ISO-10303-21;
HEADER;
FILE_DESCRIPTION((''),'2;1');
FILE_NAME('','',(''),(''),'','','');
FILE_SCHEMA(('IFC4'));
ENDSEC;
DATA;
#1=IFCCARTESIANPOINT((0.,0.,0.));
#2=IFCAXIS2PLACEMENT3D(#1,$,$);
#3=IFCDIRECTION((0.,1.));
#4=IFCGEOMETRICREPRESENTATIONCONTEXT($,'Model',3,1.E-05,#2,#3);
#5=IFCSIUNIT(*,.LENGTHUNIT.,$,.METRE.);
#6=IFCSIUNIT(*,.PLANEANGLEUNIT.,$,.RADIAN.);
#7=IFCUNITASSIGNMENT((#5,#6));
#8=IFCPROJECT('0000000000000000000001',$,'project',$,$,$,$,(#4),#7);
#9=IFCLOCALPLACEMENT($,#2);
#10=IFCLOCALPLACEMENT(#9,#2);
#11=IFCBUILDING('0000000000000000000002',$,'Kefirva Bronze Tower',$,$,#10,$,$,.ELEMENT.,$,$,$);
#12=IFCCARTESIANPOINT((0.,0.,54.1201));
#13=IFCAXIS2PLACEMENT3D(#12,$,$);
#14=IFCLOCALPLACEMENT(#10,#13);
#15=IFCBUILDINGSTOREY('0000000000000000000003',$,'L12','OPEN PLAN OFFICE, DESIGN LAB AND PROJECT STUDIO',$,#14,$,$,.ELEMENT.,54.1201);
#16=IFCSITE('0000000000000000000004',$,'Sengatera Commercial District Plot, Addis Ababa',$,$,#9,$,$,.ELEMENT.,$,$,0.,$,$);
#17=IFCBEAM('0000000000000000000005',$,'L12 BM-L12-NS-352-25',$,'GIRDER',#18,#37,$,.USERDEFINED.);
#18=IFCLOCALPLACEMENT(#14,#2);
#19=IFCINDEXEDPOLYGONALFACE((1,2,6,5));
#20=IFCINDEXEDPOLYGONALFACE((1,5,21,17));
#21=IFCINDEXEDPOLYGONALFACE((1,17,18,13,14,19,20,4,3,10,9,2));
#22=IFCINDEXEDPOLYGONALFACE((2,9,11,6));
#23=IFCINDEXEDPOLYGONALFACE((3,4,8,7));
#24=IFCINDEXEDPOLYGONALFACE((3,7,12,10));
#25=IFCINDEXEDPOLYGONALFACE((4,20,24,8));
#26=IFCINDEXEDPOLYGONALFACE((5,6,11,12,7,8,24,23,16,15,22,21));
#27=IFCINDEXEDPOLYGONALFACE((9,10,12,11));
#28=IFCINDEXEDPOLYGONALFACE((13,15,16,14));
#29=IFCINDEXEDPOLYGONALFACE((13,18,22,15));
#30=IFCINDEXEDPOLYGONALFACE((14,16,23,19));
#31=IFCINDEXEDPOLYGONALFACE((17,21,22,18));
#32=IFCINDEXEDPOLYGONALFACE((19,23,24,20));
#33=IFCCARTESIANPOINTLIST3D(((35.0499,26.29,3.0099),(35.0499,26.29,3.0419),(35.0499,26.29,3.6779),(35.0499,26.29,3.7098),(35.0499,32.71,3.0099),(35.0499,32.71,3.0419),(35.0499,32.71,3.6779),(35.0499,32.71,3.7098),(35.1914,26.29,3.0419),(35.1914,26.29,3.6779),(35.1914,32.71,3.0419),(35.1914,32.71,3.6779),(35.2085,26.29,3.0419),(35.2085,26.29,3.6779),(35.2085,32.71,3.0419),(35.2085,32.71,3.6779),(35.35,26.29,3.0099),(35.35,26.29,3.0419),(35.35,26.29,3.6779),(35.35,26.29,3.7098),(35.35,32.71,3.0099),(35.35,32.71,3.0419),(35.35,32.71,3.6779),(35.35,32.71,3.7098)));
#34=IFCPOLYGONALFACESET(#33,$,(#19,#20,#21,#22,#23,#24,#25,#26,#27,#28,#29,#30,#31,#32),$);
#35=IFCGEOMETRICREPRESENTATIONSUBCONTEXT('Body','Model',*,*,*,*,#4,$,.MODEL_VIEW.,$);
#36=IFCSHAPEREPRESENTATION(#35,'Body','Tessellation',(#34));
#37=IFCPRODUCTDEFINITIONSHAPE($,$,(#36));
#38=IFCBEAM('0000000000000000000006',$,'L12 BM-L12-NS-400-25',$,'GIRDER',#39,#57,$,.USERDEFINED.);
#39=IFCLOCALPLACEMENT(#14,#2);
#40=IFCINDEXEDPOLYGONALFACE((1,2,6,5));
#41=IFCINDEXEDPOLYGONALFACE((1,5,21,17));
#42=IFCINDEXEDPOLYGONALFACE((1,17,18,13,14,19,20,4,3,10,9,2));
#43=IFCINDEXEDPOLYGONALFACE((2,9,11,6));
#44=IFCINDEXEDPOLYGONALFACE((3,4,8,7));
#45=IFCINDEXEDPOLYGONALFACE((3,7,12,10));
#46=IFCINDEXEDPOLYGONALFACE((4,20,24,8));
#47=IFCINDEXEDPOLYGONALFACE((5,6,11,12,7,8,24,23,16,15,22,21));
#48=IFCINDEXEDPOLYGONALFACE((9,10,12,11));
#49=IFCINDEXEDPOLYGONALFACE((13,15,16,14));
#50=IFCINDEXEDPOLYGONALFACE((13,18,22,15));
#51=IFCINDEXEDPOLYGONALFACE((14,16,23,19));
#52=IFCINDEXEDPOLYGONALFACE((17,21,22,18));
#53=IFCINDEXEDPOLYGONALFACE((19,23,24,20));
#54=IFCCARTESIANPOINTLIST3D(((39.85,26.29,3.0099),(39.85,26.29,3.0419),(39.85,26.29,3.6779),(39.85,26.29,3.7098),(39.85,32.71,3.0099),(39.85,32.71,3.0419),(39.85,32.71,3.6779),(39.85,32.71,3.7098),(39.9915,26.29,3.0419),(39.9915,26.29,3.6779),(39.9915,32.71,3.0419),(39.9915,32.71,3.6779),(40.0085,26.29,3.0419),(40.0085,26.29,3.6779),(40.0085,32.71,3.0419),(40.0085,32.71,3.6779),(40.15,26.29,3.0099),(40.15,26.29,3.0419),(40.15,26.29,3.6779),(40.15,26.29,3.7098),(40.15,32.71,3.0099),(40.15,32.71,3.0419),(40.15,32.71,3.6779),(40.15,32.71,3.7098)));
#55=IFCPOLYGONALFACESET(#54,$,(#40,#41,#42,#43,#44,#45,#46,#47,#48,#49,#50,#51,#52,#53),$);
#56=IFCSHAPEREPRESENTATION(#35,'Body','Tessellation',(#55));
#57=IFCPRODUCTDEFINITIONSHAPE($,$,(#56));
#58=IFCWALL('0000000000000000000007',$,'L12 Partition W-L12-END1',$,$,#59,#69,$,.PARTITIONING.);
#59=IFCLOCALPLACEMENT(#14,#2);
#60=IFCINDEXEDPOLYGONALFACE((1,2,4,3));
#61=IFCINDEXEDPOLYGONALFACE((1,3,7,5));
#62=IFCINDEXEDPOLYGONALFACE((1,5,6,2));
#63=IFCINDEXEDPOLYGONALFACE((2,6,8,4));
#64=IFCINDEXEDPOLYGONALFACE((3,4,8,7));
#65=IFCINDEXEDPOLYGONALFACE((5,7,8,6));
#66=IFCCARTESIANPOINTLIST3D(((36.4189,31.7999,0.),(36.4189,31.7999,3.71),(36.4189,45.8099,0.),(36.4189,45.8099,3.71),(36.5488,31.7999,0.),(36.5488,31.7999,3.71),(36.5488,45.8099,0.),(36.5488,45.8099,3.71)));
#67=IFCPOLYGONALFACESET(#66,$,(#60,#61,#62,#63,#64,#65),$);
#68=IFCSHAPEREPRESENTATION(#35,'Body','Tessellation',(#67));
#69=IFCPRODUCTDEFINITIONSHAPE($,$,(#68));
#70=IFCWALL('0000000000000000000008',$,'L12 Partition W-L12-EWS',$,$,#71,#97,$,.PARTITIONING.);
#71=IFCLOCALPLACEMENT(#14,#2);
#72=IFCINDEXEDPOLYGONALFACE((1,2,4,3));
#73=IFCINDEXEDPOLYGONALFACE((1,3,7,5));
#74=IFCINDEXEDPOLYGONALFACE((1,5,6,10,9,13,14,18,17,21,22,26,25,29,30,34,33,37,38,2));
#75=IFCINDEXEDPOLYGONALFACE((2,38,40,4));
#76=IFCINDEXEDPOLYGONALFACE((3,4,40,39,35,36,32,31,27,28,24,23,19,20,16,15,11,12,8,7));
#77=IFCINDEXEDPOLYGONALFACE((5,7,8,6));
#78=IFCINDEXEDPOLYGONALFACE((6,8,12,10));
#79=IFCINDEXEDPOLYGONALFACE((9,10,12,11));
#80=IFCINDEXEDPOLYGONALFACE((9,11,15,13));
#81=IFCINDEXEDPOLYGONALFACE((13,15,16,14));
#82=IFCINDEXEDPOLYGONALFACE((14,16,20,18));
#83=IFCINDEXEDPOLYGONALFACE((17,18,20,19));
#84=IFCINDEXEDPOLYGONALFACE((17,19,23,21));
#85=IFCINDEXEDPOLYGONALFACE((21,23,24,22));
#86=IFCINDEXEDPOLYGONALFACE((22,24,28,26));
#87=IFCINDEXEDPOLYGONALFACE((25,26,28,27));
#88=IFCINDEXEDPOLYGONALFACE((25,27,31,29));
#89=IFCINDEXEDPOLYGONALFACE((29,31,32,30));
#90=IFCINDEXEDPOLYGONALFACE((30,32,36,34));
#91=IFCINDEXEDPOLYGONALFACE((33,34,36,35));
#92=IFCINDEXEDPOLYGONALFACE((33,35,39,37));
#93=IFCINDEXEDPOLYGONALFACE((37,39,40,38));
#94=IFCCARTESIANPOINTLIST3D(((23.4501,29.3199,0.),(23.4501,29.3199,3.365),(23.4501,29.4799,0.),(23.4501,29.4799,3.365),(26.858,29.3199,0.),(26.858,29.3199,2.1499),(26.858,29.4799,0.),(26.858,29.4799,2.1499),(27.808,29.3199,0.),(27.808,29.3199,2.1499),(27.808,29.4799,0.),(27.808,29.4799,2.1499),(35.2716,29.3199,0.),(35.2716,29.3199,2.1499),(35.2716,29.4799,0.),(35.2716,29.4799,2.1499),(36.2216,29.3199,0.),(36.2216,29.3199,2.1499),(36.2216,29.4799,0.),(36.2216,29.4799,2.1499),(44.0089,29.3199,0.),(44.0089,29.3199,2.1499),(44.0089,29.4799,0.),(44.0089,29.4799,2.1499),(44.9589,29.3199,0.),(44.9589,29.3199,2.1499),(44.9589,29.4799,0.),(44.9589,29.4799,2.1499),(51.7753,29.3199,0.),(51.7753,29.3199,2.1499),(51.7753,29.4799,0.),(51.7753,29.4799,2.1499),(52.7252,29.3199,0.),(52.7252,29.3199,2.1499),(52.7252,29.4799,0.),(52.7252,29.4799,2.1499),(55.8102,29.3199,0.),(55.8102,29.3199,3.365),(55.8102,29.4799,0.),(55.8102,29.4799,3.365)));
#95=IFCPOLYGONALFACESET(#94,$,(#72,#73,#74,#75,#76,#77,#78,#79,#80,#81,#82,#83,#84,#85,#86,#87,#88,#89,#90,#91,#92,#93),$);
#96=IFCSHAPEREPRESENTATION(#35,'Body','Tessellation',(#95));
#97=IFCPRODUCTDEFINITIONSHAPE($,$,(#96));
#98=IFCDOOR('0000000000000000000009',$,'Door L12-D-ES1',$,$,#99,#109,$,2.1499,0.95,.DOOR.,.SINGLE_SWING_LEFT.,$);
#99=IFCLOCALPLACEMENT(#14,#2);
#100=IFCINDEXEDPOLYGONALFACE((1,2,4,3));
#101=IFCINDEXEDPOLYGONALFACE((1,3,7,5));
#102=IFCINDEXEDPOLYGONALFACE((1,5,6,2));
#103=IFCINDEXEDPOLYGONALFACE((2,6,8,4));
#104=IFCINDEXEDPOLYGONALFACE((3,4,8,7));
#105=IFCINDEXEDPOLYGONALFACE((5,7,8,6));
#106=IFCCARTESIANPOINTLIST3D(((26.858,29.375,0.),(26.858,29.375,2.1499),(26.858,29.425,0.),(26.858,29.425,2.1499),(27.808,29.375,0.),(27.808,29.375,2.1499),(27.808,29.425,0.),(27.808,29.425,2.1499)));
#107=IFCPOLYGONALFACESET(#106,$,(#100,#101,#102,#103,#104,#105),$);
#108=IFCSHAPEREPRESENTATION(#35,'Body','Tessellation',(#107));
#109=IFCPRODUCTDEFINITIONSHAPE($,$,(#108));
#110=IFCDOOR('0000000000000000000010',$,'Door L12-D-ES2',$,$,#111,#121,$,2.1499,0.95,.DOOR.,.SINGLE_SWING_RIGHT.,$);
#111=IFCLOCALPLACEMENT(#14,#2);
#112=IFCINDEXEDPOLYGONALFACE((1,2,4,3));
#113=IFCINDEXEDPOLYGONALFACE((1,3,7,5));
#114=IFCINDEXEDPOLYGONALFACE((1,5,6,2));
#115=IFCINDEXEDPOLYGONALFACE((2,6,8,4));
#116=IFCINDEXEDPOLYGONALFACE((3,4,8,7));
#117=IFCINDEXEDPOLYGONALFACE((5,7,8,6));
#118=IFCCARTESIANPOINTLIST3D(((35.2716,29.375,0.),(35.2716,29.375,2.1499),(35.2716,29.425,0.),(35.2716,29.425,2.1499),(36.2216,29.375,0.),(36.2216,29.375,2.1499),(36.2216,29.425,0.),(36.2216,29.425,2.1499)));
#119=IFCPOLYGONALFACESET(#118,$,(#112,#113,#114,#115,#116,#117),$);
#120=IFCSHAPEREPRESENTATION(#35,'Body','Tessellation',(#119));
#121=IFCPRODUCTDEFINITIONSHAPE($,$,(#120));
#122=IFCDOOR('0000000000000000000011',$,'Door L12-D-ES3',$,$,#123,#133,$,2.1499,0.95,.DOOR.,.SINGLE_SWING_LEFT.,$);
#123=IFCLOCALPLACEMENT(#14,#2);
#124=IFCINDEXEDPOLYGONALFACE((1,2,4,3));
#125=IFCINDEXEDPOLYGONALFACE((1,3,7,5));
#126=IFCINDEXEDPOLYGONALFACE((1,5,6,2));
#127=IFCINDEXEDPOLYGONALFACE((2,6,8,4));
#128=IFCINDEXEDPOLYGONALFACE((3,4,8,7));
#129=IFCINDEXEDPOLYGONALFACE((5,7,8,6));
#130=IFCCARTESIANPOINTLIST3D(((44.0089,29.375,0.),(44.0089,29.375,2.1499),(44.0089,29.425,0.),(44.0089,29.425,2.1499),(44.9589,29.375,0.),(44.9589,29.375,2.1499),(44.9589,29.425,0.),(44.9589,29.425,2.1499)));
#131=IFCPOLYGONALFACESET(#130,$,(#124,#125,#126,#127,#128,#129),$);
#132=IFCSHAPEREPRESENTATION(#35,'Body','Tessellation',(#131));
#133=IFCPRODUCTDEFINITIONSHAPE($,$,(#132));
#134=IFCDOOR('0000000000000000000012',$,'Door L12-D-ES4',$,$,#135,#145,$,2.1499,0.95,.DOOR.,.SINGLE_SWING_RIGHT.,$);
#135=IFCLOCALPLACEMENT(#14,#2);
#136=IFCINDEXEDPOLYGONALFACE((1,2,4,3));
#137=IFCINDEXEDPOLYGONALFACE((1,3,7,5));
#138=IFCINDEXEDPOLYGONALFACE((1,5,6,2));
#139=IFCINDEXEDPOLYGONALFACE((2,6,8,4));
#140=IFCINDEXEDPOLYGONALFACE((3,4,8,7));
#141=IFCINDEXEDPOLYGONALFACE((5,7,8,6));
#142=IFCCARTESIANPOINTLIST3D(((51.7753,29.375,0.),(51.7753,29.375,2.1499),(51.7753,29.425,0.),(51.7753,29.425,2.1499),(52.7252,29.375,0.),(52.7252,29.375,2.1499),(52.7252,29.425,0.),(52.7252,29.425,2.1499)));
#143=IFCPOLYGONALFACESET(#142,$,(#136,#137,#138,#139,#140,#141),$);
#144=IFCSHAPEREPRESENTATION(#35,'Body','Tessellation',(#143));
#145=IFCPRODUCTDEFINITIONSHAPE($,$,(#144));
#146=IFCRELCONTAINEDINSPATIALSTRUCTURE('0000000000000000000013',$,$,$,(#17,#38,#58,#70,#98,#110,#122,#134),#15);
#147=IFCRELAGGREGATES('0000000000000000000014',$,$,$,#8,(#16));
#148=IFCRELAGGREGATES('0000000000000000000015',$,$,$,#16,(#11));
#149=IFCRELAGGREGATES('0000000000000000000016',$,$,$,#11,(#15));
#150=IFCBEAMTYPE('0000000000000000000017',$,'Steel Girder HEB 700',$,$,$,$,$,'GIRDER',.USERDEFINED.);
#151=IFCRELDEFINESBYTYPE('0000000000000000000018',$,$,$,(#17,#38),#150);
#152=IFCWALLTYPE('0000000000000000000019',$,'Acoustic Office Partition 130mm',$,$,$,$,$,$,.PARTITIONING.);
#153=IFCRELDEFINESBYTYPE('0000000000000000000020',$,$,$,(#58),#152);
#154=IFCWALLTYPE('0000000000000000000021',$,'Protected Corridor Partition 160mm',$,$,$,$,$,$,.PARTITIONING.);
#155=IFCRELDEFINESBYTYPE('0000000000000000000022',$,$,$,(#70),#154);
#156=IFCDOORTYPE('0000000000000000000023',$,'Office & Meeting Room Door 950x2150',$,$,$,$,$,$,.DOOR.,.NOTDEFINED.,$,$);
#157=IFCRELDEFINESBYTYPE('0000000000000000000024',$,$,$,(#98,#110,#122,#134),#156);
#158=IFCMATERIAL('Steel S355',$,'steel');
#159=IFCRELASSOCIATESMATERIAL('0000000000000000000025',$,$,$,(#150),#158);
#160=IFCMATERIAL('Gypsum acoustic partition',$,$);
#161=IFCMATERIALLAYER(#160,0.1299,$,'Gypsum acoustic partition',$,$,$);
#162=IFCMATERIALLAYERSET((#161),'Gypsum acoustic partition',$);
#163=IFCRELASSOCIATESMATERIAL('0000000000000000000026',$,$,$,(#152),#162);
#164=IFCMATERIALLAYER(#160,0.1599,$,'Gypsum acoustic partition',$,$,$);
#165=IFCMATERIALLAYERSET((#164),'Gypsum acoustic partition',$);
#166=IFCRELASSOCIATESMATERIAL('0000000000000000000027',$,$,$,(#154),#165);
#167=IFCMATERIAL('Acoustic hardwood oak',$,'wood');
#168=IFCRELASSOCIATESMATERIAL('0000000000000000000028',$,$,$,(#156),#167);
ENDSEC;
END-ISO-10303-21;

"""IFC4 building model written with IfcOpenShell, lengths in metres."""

from ifc_helpers import new_model, si_unit, direction, frame, frame_2d, origin, origin_2d, place, context, subcontext, project, spatial, rectangle, i_section, extrude, material, layer, layer_set, material_profile, profile_set, type_object, element, fill, save


model = new_model("IFC4")

# Units and contexts
model_context = context("Model", 3, precision=1e-05, world=origin(), true_north=direction((0.0, 1.0)))
body_context = subcontext(model_context, "Body", "Model", "MODEL_VIEW")
ifc_project = project(units=[si_unit("LENGTHUNIT", "METRE"), si_unit("PLANEANGLEUNIT", "RADIAN")], contexts=[model_context])

# Site, building, storey
site_placement = place(None, origin())
site = spatial("IfcSite", under=ifc_project, at=site_placement, Name="Sengatera Commercial District Plot, Addis Ababa", CompositionType="ELEMENT", RefElevation=0.0)
building_placement = place(site_placement, origin())
building = spatial("IfcBuilding", under=site, at=building_placement, Name="Kefirva Bronze Tower", CompositionType="ELEMENT")
storey_placement = place(building_placement, frame((0.0, 0.0, 54.1201)))
storey = spatial("IfcBuildingStorey", under=building, at=storey_placement, Name="L12", Description="OPEN PLAN OFFICE, DESIGN LAB AND PROJECT STUDIO", CompositionType="ELEMENT", Elevation=54.1201)

# Beams
ifc_material_1 = material(Name="Steel S355", Category="steel")
ifc_material_profile_1 = material_profile(ifc_material_1, i_section(OverallWidth=0.3, OverallDepth=0.7, WebThickness=0.0171, FlangeThickness=0.032, at=origin_2d()), Name="HEB 700")
ifc_profile_set_1 = profile_set([ifc_material_profile_1], Name="Steel S355")
beam_type_1 = type_object("IfcBeamType", Name="Steel Girder HEB 700", ElementType="GIRDER", PredefinedType="USERDEFINED", material=ifc_profile_set_1)
for number, where, z_axis, x_axis, name in (
    (1, (35.2, 26.29, 3.3599), (0.0, 1.0, 0.0), (-1.0, 0.0, 0.0), "L12 BM-L12-NS-352-25"),
    (2, (40.0, 26.29, 3.3599), (0.0, 1.0, 0.0), (-1.0, 0.0, 0.0), "L12 BM-L12-NS-400-25"),
):
    element("IfcBeam", number, at=place(storey_placement, frame(where, z_axis=z_axis, x_axis=x_axis)), inside=storey, type_object=beam_type_1, Name=name, ObjectType="GIRDER", PredefinedType="USERDEFINED", context=body_context, shape_type="SweptSolid", body=[
        extrude(i_section(OverallWidth=0.3, OverallDepth=0.7, WebThickness=0.0171, FlangeThickness=0.032, at=origin_2d()), origin(), (0.0, 0.0, 1.0), 6.4199),
    ])

# Wall
ifc_material_2 = material(Name="Gypsum acoustic partition")
ifc_layer_1 = layer(ifc_material_2, 0.1299, Name="Gypsum acoustic partition")
ifc_layer_set_1 = layer_set([ifc_layer_1], Name="Gypsum acoustic partition")
wall_type_1 = type_object("IfcWallType", Name="Acoustic Office Partition 130mm", PredefinedType="PARTITIONING", material=ifc_layer_set_1)
wall_1_placement = place(storey_placement, frame((36.4839, 31.8, 0.0), z_axis=(0.0, 0.0, 1.0), x_axis=(0.0, 1.0, 0.0)))
element("IfcWall", 3, at=wall_1_placement, inside=storey, type_object=wall_type_1, Name="L12 Partition W-L12-END1", PredefinedType="PARTITIONING", context=body_context, shape_type="SweptSolid", body=[
    extrude(rectangle(XDim=14.01, YDim=0.1299, at=frame_2d((7.0049, 0.0))), origin(), (0.0, 0.0, 1.0), 3.71),
])

# Wall, openings, doors
ifc_layer_2 = layer(ifc_material_2, 0.1599, Name="Gypsum acoustic partition")
ifc_layer_set_2 = layer_set([ifc_layer_2], Name="Gypsum acoustic partition")
wall_type_2 = type_object("IfcWallType", Name="Protected Corridor Partition 160mm", PredefinedType="PARTITIONING", material=ifc_layer_set_2)
wall_2_placement = place(storey_placement, frame((23.45, 29.3999, 0.0), z_axis=(0.0, 0.0, 1.0), x_axis=(1.0, 0.0, 0.0)))
wall_2 = element("IfcWall", 4, at=wall_2_placement, inside=storey, type_object=wall_type_2, Name="L12 Partition W-L12-EWS", PredefinedType="PARTITIONING", context=body_context, shape_type="SweptSolid", body=[
    extrude(rectangle(XDim=32.3601, YDim=0.1599, at=frame_2d((16.1802, 0.0))), origin(), (0.0, 0.0, 1.0), 3.365),
])
opening_1_placement = place(wall_2_placement, frame((4.3582, 0.0, 0.0), z_axis=(0.0, 0.0, 1.0), x_axis=(-1.0, 0.0, 0.0)))
opening_1 = element("IfcOpeningElement", 5, at=opening_1_placement, cuts=wall_2, PredefinedType="OPENING", context=body_context, shape_type="SweptSolid", body=[
    extrude(rectangle(XDim=0.95, YDim=2.1499, at=frame_2d((0.4751, 1.075))), frame((0.0, 0.0898, 0.0), z_axis=(0.0, -1.0, 0.0), x_axis=(1.0, 0.0, 0.0)), (0.0, 0.0, 1.0), 0.1799),
])
opening_2_placement = place(wall_2_placement, frame((12.7717, 0.0, 0.0), z_axis=(0.0, 0.0, 1.0), x_axis=(-1.0, 0.0, 0.0)))
opening_2 = element("IfcOpeningElement", 6, at=opening_2_placement, cuts=wall_2, PredefinedType="OPENING", context=body_context, shape_type="SweptSolid", body=[
    extrude(rectangle(XDim=0.95, YDim=2.1499, at=frame_2d((0.4751, 1.075))), frame((0.0, 0.0898, 0.0), z_axis=(0.0, -1.0, 0.0), x_axis=(1.0, 0.0, 0.0)), (0.0, 0.0, 1.0), 0.1799),
])
opening_3_placement = place(wall_2_placement, frame((21.509, 0.0, 0.0), z_axis=(0.0, 0.0, 1.0), x_axis=(-1.0, 0.0, 0.0)))
opening_3 = element("IfcOpeningElement", 7, at=opening_3_placement, cuts=wall_2, PredefinedType="OPENING", context=body_context, shape_type="SweptSolid", body=[
    extrude(rectangle(XDim=0.95, YDim=2.1499, at=frame_2d((0.4751, 1.075))), frame((0.0, 0.0898, 0.0), z_axis=(0.0, -1.0, 0.0), x_axis=(1.0, 0.0, 0.0)), (0.0, 0.0, 1.0), 0.1799),
])
opening_4_placement = place(wall_2_placement, frame((29.2754, 0.0, 0.0), z_axis=(0.0, 0.0, 1.0), x_axis=(-1.0, 0.0, 0.0)))
opening_4 = element("IfcOpeningElement", 8, at=opening_4_placement, cuts=wall_2, PredefinedType="OPENING", context=body_context, shape_type="SweptSolid", body=[
    extrude(rectangle(XDim=0.95, YDim=2.1499, at=frame_2d((0.4751, 1.075))), frame((0.0, 0.0898, 0.0), z_axis=(0.0, -1.0, 0.0), x_axis=(1.0, 0.0, 0.0)), (0.0, 0.0, 1.0), 0.1799),
])
ifc_material_3 = material(Name="Acoustic hardwood oak", Category="wood")
door_type = type_object("IfcDoorType", Name="Office & Meeting Room Door 950x2150", OperationType="NOTDEFINED", PredefinedType="DOOR", material=ifc_material_3)
door_1_placement = place(opening_1_placement, origin())
door_1 = element("IfcDoor", 9, at=door_1_placement, inside=storey, type_object=door_type, Name="Door L12-D-ES1", OperationType="SINGLE_SWING_LEFT", OverallHeight=2.1499, OverallWidth=0.95, PredefinedType="DOOR", context=body_context, shape_type="SweptSolid", body=[
    extrude(rectangle(XDim=0.95, YDim=2.1499, at=frame_2d((0.4751, 1.075))), frame((0.0, 0.0249, 0.0), z_axis=(0.0, -1.0, 0.0), x_axis=(1.0, 0.0, 0.0)), (0.0, 0.0, 1.0), 0.05),
])
fill(opening_1, door_1)
door_2_placement = place(opening_2_placement, origin())
door_2 = element("IfcDoor", 10, at=door_2_placement, inside=storey, type_object=door_type, Name="Door L12-D-ES2", OperationType="SINGLE_SWING_RIGHT", OverallHeight=2.1499, OverallWidth=0.95, PredefinedType="DOOR", context=body_context, shape_type="SweptSolid", body=[
    extrude(rectangle(XDim=0.95, YDim=2.1499, at=frame_2d((0.4751, 1.075))), frame((0.0, 0.0249, 0.0), z_axis=(0.0, -1.0, 0.0), x_axis=(1.0, 0.0, 0.0)), (0.0, 0.0, 1.0), 0.05),
])
fill(opening_2, door_2)
door_3_placement = place(opening_3_placement, origin())
door_3 = element("IfcDoor", 11, at=door_3_placement, inside=storey, type_object=door_type, Name="Door L12-D-ES3", OperationType="SINGLE_SWING_LEFT", OverallHeight=2.1499, OverallWidth=0.95, PredefinedType="DOOR", context=body_context, shape_type="SweptSolid", body=[
    extrude(rectangle(XDim=0.95, YDim=2.1499, at=frame_2d((0.4751, 1.075))), frame((0.0, 0.0249, 0.0), z_axis=(0.0, -1.0, 0.0), x_axis=(1.0, 0.0, 0.0)), (0.0, 0.0, 1.0), 0.05),
])
fill(opening_3, door_3)
door_4_placement = place(opening_4_placement, origin())
door_4 = element("IfcDoor", 12, at=door_4_placement, inside=storey, type_object=door_type, Name="Door L12-D-ES4", OperationType="SINGLE_SWING_RIGHT", OverallHeight=2.1499, OverallWidth=0.95, PredefinedType="DOOR", context=body_context, shape_type="SweptSolid", body=[
    extrude(rectangle(XDim=0.95, YDim=2.1499, at=frame_2d((0.4751, 1.075))), frame((0.0, 0.0249, 0.0), z_axis=(0.0, -1.0, 0.0), x_axis=(1.0, 0.0, 0.0)), (0.0, 0.0, 1.0), 0.05),
])
fill(opening_4, door_4)

save(model, "model.ifc")
